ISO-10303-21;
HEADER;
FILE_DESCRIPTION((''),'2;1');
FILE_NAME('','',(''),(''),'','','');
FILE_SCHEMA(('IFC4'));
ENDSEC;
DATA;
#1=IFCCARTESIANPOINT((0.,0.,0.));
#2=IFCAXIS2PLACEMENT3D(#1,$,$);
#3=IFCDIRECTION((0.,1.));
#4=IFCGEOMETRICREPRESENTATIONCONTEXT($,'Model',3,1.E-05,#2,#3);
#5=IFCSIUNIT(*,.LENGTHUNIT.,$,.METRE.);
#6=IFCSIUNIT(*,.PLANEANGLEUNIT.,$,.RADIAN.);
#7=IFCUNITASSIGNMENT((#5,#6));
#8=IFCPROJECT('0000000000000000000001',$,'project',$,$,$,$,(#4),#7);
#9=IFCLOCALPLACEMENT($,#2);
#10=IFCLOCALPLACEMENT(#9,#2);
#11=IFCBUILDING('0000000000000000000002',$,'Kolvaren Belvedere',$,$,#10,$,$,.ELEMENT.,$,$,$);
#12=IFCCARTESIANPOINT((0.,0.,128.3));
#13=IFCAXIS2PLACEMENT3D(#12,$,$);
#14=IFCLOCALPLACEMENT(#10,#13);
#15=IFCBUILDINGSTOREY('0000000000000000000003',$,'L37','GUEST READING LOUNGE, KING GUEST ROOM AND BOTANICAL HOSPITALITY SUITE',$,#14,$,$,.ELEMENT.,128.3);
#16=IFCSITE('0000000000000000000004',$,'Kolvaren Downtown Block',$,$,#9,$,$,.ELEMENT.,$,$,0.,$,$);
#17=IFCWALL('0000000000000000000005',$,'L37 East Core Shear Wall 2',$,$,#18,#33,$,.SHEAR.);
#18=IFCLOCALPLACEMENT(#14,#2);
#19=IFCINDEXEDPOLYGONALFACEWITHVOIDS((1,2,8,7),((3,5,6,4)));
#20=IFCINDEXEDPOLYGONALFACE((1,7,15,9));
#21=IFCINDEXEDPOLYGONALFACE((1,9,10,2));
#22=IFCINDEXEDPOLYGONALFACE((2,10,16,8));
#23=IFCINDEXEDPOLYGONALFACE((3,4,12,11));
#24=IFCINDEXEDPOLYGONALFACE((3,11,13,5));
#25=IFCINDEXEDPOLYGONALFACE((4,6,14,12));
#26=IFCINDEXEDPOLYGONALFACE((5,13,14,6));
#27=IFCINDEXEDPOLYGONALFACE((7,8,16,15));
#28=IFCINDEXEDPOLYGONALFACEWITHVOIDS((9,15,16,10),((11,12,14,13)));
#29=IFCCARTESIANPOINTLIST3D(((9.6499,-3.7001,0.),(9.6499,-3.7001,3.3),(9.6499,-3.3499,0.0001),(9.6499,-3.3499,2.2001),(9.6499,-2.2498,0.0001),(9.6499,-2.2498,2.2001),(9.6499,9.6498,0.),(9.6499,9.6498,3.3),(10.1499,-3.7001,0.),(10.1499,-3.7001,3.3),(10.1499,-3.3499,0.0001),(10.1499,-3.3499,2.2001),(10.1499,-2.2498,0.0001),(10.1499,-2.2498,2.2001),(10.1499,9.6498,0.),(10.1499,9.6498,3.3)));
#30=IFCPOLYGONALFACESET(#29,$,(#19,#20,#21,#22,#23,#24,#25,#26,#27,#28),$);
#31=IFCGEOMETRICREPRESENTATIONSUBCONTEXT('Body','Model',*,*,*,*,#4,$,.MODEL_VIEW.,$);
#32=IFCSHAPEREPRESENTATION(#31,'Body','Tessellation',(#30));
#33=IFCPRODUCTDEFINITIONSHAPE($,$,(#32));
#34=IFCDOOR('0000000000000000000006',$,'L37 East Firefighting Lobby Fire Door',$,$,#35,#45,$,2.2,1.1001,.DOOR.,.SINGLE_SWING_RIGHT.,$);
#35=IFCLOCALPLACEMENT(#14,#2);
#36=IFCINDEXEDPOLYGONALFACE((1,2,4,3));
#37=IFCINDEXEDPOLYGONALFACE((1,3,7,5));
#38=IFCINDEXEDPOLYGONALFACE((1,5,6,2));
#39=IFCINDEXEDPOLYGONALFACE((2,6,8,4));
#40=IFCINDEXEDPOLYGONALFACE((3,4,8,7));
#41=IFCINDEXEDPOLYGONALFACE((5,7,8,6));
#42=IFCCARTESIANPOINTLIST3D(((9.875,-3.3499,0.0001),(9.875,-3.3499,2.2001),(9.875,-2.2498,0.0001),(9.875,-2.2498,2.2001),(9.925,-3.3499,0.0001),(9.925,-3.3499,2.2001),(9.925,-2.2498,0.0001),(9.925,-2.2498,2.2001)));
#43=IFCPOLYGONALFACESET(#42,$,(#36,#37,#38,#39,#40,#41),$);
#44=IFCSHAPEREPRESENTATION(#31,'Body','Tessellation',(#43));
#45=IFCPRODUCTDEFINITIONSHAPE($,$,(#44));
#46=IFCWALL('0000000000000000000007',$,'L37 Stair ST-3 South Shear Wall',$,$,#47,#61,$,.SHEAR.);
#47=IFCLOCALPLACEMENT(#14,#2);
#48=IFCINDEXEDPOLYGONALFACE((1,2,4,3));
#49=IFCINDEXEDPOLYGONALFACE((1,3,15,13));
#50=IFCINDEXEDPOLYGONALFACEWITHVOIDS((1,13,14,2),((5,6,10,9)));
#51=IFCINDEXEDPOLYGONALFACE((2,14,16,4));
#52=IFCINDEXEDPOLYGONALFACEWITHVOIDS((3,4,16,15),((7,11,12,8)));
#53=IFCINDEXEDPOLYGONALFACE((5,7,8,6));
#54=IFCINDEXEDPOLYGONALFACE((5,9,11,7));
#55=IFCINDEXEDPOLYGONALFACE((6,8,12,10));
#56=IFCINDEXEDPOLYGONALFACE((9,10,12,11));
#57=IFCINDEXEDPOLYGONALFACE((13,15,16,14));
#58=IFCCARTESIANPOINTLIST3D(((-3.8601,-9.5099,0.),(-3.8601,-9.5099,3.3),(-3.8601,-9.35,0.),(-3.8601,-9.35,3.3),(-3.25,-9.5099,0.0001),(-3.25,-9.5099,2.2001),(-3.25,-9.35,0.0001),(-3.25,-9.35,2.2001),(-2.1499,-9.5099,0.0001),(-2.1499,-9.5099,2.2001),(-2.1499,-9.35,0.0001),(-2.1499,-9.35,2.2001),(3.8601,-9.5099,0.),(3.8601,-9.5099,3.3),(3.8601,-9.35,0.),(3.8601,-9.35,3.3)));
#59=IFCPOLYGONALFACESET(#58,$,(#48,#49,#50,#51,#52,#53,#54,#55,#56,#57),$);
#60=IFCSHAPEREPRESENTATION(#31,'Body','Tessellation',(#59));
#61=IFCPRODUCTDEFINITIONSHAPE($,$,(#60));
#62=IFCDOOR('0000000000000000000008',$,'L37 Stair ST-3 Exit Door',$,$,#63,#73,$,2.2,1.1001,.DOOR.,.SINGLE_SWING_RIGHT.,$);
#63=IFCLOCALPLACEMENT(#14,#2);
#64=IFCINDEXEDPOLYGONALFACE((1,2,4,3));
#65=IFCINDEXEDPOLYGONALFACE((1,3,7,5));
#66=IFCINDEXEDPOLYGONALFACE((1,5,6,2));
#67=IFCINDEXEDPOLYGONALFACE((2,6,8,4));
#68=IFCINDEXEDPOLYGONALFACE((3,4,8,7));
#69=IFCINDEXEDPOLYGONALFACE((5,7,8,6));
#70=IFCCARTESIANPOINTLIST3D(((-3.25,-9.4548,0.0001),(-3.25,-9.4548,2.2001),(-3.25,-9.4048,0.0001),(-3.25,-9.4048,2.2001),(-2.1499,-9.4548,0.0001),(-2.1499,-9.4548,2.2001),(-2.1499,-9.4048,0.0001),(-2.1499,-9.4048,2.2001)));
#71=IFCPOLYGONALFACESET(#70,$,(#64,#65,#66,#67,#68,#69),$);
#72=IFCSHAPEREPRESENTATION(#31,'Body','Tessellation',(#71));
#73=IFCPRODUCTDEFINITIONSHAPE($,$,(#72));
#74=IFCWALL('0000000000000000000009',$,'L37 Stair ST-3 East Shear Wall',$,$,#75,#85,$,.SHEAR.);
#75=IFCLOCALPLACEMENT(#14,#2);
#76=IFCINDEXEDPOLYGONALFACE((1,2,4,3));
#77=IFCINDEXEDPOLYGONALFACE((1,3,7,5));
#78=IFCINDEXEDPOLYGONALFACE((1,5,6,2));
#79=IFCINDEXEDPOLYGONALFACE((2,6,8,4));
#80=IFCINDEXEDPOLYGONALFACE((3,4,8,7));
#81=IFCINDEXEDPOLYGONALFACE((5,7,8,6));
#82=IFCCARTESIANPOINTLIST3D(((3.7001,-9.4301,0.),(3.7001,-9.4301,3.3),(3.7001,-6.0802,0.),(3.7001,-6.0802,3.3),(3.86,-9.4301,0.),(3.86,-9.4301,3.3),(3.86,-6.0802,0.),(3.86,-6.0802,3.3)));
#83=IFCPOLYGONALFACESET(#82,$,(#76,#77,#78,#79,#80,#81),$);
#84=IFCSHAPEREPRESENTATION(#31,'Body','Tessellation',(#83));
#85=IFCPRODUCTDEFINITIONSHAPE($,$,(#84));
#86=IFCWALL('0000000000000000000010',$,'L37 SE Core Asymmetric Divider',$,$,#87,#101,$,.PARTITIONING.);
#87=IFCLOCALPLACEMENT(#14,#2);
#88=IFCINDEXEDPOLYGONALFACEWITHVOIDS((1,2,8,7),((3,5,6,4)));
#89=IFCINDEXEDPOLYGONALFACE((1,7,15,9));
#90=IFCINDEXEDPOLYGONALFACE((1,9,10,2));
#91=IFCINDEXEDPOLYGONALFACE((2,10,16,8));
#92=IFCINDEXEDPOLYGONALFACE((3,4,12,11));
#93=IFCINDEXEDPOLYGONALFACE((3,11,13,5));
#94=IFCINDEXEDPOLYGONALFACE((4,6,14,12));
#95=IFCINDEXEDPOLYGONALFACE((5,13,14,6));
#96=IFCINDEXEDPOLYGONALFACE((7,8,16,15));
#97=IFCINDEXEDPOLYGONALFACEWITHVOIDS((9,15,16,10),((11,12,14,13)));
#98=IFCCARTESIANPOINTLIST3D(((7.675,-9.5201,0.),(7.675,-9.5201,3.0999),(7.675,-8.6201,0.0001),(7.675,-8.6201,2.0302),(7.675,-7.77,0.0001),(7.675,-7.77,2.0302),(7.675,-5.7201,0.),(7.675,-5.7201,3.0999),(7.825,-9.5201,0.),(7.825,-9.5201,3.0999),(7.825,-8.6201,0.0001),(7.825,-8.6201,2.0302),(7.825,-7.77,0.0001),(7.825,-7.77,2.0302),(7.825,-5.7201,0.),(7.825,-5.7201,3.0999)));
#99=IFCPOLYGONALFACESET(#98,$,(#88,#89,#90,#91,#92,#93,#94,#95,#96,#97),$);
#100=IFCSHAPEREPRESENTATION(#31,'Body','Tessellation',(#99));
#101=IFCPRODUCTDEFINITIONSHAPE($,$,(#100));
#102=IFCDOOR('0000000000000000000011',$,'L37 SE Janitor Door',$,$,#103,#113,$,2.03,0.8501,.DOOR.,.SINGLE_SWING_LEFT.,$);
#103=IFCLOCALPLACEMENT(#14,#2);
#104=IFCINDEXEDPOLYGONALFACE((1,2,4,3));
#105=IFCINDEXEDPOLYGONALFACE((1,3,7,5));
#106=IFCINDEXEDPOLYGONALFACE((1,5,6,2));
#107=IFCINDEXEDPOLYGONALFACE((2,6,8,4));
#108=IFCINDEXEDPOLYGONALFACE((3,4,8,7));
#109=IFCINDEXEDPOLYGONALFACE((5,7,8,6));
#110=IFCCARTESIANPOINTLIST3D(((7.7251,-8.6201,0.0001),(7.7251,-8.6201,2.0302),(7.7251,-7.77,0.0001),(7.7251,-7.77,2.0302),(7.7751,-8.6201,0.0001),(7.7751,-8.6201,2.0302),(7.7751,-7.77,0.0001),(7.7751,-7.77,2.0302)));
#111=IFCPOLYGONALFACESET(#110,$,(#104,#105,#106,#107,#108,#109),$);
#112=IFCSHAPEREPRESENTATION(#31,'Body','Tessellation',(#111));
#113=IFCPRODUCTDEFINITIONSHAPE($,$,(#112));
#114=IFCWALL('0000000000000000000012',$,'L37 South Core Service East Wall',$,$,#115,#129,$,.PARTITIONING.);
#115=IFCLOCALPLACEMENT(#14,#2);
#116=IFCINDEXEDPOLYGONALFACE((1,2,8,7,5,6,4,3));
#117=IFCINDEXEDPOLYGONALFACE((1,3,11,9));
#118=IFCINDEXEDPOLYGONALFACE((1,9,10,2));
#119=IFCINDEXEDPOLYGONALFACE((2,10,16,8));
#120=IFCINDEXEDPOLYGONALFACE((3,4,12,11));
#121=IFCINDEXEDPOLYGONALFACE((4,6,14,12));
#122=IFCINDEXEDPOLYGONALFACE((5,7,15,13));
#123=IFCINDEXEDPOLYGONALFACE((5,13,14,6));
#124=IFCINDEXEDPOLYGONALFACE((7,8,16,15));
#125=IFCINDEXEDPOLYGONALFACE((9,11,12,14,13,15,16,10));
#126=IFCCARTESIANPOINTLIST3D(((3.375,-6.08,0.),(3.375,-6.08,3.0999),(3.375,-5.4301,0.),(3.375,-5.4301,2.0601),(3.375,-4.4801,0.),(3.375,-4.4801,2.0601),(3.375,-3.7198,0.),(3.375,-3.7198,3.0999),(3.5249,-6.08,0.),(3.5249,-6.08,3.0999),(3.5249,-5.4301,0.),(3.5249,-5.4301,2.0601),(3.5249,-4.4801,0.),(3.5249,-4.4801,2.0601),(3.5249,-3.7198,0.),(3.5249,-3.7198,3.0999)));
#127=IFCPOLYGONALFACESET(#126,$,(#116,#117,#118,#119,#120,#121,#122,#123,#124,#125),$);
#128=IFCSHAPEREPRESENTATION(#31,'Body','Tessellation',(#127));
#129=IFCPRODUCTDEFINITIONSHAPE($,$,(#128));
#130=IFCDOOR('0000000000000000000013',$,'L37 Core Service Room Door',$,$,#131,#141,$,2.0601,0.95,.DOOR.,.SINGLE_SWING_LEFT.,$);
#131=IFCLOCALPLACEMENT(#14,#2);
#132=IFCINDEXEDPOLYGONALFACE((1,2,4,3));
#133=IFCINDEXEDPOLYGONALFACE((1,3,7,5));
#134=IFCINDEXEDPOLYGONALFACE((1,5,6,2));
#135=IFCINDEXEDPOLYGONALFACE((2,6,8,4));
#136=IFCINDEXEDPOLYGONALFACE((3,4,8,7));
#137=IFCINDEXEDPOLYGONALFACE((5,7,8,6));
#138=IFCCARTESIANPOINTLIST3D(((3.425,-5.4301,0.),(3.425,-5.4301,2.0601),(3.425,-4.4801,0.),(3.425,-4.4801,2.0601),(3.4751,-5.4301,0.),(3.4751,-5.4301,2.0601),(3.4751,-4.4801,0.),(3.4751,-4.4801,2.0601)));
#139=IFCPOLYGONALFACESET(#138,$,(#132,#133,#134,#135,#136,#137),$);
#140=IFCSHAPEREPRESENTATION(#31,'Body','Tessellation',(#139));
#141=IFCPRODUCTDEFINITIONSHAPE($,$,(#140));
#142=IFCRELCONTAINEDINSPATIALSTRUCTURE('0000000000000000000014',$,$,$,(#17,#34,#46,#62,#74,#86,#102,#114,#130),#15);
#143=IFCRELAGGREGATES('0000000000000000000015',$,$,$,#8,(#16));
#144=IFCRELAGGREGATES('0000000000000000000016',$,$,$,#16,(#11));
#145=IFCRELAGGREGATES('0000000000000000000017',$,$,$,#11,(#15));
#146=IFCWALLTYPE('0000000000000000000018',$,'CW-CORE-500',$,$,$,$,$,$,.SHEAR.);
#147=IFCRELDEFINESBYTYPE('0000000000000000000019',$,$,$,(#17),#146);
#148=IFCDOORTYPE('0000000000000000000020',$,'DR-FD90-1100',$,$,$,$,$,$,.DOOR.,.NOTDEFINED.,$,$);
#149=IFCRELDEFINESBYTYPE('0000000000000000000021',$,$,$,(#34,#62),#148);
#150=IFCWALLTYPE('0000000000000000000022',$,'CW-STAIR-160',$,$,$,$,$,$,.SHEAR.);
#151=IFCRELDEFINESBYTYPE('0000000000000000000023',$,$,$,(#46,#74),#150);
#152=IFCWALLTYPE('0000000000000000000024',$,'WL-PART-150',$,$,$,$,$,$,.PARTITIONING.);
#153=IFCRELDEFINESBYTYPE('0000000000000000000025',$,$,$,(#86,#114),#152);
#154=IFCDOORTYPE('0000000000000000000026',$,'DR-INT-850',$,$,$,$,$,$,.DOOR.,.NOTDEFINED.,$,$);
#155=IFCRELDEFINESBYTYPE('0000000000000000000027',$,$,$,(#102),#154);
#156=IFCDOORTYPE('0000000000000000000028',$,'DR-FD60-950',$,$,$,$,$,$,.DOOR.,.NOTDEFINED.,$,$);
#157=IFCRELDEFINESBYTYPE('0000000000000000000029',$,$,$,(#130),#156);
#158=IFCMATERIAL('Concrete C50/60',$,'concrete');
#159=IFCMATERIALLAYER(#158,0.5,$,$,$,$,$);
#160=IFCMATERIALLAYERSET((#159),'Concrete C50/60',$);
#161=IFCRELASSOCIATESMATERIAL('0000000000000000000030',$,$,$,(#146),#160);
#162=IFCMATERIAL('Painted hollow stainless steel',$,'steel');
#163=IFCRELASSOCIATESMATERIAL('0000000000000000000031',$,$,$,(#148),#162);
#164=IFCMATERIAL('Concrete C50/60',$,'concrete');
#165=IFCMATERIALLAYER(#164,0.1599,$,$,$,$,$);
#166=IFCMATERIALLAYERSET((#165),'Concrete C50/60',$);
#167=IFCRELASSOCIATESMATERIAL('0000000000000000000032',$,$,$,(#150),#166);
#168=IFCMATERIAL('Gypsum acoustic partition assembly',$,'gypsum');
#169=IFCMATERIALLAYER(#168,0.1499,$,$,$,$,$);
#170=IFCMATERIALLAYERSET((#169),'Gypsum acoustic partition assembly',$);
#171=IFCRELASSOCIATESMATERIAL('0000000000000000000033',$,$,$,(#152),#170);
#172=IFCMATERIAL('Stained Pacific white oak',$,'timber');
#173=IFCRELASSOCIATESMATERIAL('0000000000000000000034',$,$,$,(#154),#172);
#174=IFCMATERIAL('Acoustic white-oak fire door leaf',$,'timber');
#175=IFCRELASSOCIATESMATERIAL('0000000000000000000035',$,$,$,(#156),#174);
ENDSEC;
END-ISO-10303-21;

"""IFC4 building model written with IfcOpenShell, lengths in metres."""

from ifc_helpers import new_model, si_unit, direction, frame, frame_2d, origin, place, context, subcontext, project, spatial, rectangle, extrude, material, layer, layer_set, type_object, element, fill, save


model = new_model("IFC4")

# Units and contexts
model_context = context("Model", 3, precision=1e-05, world=origin(), true_north=direction((0.0, 1.0)))
body_context = subcontext(model_context, "Body", "Model", "MODEL_VIEW")
ifc_project = project(units=[si_unit("LENGTHUNIT", "METRE"), si_unit("PLANEANGLEUNIT", "RADIAN")], contexts=[model_context])

# Site, building, storey
site_placement = place(None, origin())
site = spatial("IfcSite", under=ifc_project, at=site_placement, Name="Kolvaren Downtown Block", CompositionType="ELEMENT", RefElevation=0.0)
building_placement = place(site_placement, origin())
building = spatial("IfcBuilding", under=site, at=building_placement, Name="Kolvaren Belvedere", CompositionType="ELEMENT")
storey_placement = place(building_placement, frame((0.0, 0.0, 128.3)))
storey = spatial("IfcBuildingStorey", under=building, at=storey_placement, Name="L37", Description="GUEST READING LOUNGE, KING GUEST ROOM AND BOTANICAL HOSPITALITY SUITE", CompositionType="ELEMENT", Elevation=128.3)

# Shared definitions
ifc_material_1 = material(Name="Concrete C50/60", Category="concrete")
ifc_layer_1 = layer(ifc_material_1, 0.5)
ifc_layer_set_1 = layer_set([ifc_layer_1], Name="Concrete C50/60")
wall_type_1 = type_object("IfcWallType", Name="CW-CORE-500", PredefinedType="SHEAR", material=ifc_layer_set_1)

# Walls, openings, doors
wall_1_placement = place(storey_placement, frame((9.8999, -3.7, 0.0), z_axis=(0.0, 0.0, 1.0), x_axis=(0.0, 1.0, 0.0)))
wall_1 = element("IfcWall", 1, at=wall_1_placement, inside=storey, type_object=wall_type_1, Name="L37 East Core Shear Wall 2", PredefinedType="SHEAR", context=body_context, shape_type="SweptSolid", body=[
    extrude(rectangle(XDim=13.3499, YDim=0.5, at=frame_2d((6.6748, 0.0))), origin(), (0.0, 0.0, 1.0), 3.3),
])
opening_1_placement = place(wall_1_placement, frame((0.3501, 0.0, 0.0)))
opening_1 = element("IfcOpeningElement", 2, at=opening_1_placement, cuts=wall_1, PredefinedType="OPENING", context=body_context, shape_type="SweptSolid", body=[
    extrude(rectangle(XDim=1.1001, YDim=2.2, at=frame_2d((0.55, 1.1001))), frame((0.0, 0.26, 0.0), z_axis=(0.0, -1.0, 0.0), x_axis=(1.0, 0.0, 0.0)), (0.0, 0.0, 1.0), 0.52),
])
ifc_material_2 = material(Name="Painted hollow stainless steel", Category="steel")
door_type_1 = type_object("IfcDoorType", Name="DR-FD90-1100", OperationType="NOTDEFINED", PredefinedType="DOOR", material=ifc_material_2)
door_1_placement = place(opening_1_placement, origin())
door_1 = element("IfcDoor", 3, at=door_1_placement, inside=storey, type_object=door_type_1, Name="L37 East Firefighting Lobby Fire Door", OperationType="SINGLE_SWING_RIGHT", OverallHeight=2.2, OverallWidth=1.1001, PredefinedType="DOOR", context=body_context, shape_type="SweptSolid", body=[
    extrude(rectangle(XDim=1.1001, YDim=2.2, at=frame_2d((0.55, 1.1001))), frame((0.0, 0.0249, 0.0), z_axis=(0.0, -1.0, 0.0), x_axis=(1.0, 0.0, 0.0)), (0.0, 0.0, 1.0), 0.05),
])
fill(opening_1, door_1)
ifc_material_3 = material(Name="Concrete C50/60", Category="concrete")
ifc_layer_2 = layer(ifc_material_3, 0.1599)
ifc_layer_set_2 = layer_set([ifc_layer_2], Name="Concrete C50/60")
wall_type_2 = type_object("IfcWallType", Name="CW-STAIR-160", PredefinedType="SHEAR", material=ifc_layer_set_2)
wall_2_placement = place(storey_placement, frame((3.8601, -9.4299, 0.0), z_axis=(0.0, 0.0, 1.0), x_axis=(-1.0, 0.0, 0.0)))
wall_2 = element("IfcWall", 4, at=wall_2_placement, inside=storey, type_object=wall_type_2, Name="L37 Stair ST-3 South Shear Wall", PredefinedType="SHEAR", context=body_context, shape_type="SweptSolid", body=[
    extrude(rectangle(XDim=7.7202, YDim=0.1599, at=frame_2d((3.8601, 0.0))), origin(), (0.0, 0.0, 1.0), 3.3),
])
opening_2_placement = place(wall_2_placement, frame((6.01, 0.0, 0.0)))
opening_2 = element("IfcOpeningElement", 5, at=opening_2_placement, cuts=wall_2, PredefinedType="OPENING", context=body_context, shape_type="SweptSolid", body=[
    extrude(rectangle(XDim=1.1001, YDim=2.2, at=frame_2d((0.55, 1.1001))), frame((0.0, 0.0898, 0.0), z_axis=(0.0, -1.0, 0.0), x_axis=(1.0, 0.0, 0.0)), (0.0, 0.0, 1.0), 0.1799),
])
door_2_placement = place(opening_2_placement, origin())
door_2 = element("IfcDoor", 6, at=door_2_placement, inside=storey, type_object=door_type_1, Name="L37 Stair ST-3 Exit Door", OperationType="SINGLE_SWING_RIGHT", OverallHeight=2.2, OverallWidth=1.1001, PredefinedType="DOOR", context=body_context, shape_type="SweptSolid", body=[
    extrude(rectangle(XDim=1.1001, YDim=2.2, at=frame_2d((0.55, 1.1001))), frame((0.0, 0.0249, 0.0), z_axis=(0.0, -1.0, 0.0), x_axis=(1.0, 0.0, 0.0)), (0.0, 0.0, 1.0), 0.05),
])
fill(opening_2, door_2)

# Wall
wall_3_placement = place(storey_placement, frame((3.78, -9.4299, 0.0), z_axis=(0.0, 0.0, 1.0), x_axis=(0.0, 1.0, 0.0)))
element("IfcWall", 7, at=wall_3_placement, inside=storey, type_object=wall_type_2, Name="L37 Stair ST-3 East Shear Wall", PredefinedType="SHEAR", context=body_context, shape_type="SweptSolid", body=[
    extrude(rectangle(XDim=3.3499, YDim=0.1599, at=frame_2d((1.6748, 0.0))), origin(), (0.0, 0.0, 1.0), 3.3),
])

# Walls, openings, doors
ifc_material_4 = material(Name="Gypsum acoustic partition assembly", Category="gypsum")
ifc_layer_3 = layer(ifc_material_4, 0.1499)
ifc_layer_set_3 = layer_set([ifc_layer_3], Name="Gypsum acoustic partition assembly")
wall_type_3 = type_object("IfcWallType", Name="WL-PART-150", PredefinedType="PARTITIONING", material=ifc_layer_set_3)
wall_4_placement = place(storey_placement, frame((7.75, -9.52, 0.0), z_axis=(0.0, 0.0, 1.0), x_axis=(0.0, 1.0, 0.0)))
wall_4 = element("IfcWall", 8, at=wall_4_placement, inside=storey, type_object=wall_type_3, Name="L37 SE Core Asymmetric Divider", PredefinedType="PARTITIONING", context=body_context, shape_type="SweptSolid", body=[
    extrude(rectangle(XDim=3.8, YDim=0.1499, at=frame_2d((1.8999, 0.0))), origin(), (0.0, 0.0, 1.0), 3.0999),
])
opening_3_placement = place(wall_4_placement, frame((0.8999, 0.0, 0.0)))
opening_3 = element("IfcOpeningElement", 9, at=opening_3_placement, cuts=wall_4, PredefinedType="OPENING", context=body_context, shape_type="SweptSolid", body=[
    extrude(rectangle(XDim=0.8501, YDim=2.03, at=frame_2d((0.425, 1.0151))), frame((0.0, 0.085, 0.0), z_axis=(0.0, -1.0, 0.0), x_axis=(1.0, 0.0, 0.0)), (0.0, 0.0, 1.0), 0.1699),
])
ifc_material_5 = material(Name="Stained Pacific white oak", Category="timber")
door_type_2 = type_object("IfcDoorType", Name="DR-INT-850", OperationType="NOTDEFINED", PredefinedType="DOOR", material=ifc_material_5)
door_3_placement = place(opening_3_placement, origin())
door_3 = element("IfcDoor", 10, at=door_3_placement, inside=storey, type_object=door_type_2, Name="L37 SE Janitor Door", OperationType="SINGLE_SWING_LEFT", OverallHeight=2.03, OverallWidth=0.8501, PredefinedType="DOOR", context=body_context, shape_type="SweptSolid", body=[
    extrude(rectangle(XDim=0.8501, YDim=2.03, at=frame_2d((0.425, 1.0151))), frame((0.0, 0.0249, 0.0), z_axis=(0.0, -1.0, 0.0), x_axis=(1.0, 0.0, 0.0)), (0.0, 0.0, 1.0), 0.05),
])
fill(opening_3, door_3)
wall_5_placement = place(storey_placement, frame((3.45, -6.0801, 0.0), z_axis=(0.0, 0.0, 1.0), x_axis=(0.0, 1.0, 0.0)))
wall_5 = element("IfcWall", 11, at=wall_5_placement, inside=storey, type_object=wall_type_3, Name="L37 South Core Service East Wall", PredefinedType="PARTITIONING", context=body_context, shape_type="SweptSolid", body=[
    extrude(rectangle(XDim=2.3601, YDim=0.1499, at=frame_2d((1.1802, 0.0))), origin(), (0.0, 0.0, 1.0), 3.0999),
])
opening_4_placement = place(wall_5_placement, frame((0.6499, 0.0, 0.0)))
opening_4 = element("IfcOpeningElement", 12, at=opening_4_placement, cuts=wall_5, PredefinedType="OPENING", context=body_context, shape_type="SweptSolid", body=[
    extrude(rectangle(XDim=0.95, YDim=2.0601, at=frame_2d((0.4751, 1.03))), frame((0.0, 0.085, 0.0), z_axis=(0.0, -1.0, 0.0), x_axis=(1.0, 0.0, 0.0)), (0.0, 0.0, 1.0), 0.1699),
])
ifc_material_6 = material(Name="Acoustic white-oak fire door leaf", Category="timber")
door_type_3 = type_object("IfcDoorType", Name="DR-FD60-950", OperationType="NOTDEFINED", PredefinedType="DOOR", material=ifc_material_6)
door_4_placement = place(opening_4_placement, origin())
door_4 = element("IfcDoor", 13, at=door_4_placement, inside=storey, type_object=door_type_3, Name="L37 Core Service Room Door", OperationType="SINGLE_SWING_LEFT", OverallHeight=2.0601, OverallWidth=0.95, PredefinedType="DOOR", context=body_context, shape_type="SweptSolid", body=[
    extrude(rectangle(XDim=0.95, YDim=2.0601, at=frame_2d((0.4751, 1.03))), frame((0.0, 0.0249, 0.0), z_axis=(0.0, -1.0, 0.0), x_axis=(1.0, 0.0, 0.0)), (0.0, 0.0, 1.0), 0.05),
])
fill(opening_4, door_4)

save(model, "model.ifc")
